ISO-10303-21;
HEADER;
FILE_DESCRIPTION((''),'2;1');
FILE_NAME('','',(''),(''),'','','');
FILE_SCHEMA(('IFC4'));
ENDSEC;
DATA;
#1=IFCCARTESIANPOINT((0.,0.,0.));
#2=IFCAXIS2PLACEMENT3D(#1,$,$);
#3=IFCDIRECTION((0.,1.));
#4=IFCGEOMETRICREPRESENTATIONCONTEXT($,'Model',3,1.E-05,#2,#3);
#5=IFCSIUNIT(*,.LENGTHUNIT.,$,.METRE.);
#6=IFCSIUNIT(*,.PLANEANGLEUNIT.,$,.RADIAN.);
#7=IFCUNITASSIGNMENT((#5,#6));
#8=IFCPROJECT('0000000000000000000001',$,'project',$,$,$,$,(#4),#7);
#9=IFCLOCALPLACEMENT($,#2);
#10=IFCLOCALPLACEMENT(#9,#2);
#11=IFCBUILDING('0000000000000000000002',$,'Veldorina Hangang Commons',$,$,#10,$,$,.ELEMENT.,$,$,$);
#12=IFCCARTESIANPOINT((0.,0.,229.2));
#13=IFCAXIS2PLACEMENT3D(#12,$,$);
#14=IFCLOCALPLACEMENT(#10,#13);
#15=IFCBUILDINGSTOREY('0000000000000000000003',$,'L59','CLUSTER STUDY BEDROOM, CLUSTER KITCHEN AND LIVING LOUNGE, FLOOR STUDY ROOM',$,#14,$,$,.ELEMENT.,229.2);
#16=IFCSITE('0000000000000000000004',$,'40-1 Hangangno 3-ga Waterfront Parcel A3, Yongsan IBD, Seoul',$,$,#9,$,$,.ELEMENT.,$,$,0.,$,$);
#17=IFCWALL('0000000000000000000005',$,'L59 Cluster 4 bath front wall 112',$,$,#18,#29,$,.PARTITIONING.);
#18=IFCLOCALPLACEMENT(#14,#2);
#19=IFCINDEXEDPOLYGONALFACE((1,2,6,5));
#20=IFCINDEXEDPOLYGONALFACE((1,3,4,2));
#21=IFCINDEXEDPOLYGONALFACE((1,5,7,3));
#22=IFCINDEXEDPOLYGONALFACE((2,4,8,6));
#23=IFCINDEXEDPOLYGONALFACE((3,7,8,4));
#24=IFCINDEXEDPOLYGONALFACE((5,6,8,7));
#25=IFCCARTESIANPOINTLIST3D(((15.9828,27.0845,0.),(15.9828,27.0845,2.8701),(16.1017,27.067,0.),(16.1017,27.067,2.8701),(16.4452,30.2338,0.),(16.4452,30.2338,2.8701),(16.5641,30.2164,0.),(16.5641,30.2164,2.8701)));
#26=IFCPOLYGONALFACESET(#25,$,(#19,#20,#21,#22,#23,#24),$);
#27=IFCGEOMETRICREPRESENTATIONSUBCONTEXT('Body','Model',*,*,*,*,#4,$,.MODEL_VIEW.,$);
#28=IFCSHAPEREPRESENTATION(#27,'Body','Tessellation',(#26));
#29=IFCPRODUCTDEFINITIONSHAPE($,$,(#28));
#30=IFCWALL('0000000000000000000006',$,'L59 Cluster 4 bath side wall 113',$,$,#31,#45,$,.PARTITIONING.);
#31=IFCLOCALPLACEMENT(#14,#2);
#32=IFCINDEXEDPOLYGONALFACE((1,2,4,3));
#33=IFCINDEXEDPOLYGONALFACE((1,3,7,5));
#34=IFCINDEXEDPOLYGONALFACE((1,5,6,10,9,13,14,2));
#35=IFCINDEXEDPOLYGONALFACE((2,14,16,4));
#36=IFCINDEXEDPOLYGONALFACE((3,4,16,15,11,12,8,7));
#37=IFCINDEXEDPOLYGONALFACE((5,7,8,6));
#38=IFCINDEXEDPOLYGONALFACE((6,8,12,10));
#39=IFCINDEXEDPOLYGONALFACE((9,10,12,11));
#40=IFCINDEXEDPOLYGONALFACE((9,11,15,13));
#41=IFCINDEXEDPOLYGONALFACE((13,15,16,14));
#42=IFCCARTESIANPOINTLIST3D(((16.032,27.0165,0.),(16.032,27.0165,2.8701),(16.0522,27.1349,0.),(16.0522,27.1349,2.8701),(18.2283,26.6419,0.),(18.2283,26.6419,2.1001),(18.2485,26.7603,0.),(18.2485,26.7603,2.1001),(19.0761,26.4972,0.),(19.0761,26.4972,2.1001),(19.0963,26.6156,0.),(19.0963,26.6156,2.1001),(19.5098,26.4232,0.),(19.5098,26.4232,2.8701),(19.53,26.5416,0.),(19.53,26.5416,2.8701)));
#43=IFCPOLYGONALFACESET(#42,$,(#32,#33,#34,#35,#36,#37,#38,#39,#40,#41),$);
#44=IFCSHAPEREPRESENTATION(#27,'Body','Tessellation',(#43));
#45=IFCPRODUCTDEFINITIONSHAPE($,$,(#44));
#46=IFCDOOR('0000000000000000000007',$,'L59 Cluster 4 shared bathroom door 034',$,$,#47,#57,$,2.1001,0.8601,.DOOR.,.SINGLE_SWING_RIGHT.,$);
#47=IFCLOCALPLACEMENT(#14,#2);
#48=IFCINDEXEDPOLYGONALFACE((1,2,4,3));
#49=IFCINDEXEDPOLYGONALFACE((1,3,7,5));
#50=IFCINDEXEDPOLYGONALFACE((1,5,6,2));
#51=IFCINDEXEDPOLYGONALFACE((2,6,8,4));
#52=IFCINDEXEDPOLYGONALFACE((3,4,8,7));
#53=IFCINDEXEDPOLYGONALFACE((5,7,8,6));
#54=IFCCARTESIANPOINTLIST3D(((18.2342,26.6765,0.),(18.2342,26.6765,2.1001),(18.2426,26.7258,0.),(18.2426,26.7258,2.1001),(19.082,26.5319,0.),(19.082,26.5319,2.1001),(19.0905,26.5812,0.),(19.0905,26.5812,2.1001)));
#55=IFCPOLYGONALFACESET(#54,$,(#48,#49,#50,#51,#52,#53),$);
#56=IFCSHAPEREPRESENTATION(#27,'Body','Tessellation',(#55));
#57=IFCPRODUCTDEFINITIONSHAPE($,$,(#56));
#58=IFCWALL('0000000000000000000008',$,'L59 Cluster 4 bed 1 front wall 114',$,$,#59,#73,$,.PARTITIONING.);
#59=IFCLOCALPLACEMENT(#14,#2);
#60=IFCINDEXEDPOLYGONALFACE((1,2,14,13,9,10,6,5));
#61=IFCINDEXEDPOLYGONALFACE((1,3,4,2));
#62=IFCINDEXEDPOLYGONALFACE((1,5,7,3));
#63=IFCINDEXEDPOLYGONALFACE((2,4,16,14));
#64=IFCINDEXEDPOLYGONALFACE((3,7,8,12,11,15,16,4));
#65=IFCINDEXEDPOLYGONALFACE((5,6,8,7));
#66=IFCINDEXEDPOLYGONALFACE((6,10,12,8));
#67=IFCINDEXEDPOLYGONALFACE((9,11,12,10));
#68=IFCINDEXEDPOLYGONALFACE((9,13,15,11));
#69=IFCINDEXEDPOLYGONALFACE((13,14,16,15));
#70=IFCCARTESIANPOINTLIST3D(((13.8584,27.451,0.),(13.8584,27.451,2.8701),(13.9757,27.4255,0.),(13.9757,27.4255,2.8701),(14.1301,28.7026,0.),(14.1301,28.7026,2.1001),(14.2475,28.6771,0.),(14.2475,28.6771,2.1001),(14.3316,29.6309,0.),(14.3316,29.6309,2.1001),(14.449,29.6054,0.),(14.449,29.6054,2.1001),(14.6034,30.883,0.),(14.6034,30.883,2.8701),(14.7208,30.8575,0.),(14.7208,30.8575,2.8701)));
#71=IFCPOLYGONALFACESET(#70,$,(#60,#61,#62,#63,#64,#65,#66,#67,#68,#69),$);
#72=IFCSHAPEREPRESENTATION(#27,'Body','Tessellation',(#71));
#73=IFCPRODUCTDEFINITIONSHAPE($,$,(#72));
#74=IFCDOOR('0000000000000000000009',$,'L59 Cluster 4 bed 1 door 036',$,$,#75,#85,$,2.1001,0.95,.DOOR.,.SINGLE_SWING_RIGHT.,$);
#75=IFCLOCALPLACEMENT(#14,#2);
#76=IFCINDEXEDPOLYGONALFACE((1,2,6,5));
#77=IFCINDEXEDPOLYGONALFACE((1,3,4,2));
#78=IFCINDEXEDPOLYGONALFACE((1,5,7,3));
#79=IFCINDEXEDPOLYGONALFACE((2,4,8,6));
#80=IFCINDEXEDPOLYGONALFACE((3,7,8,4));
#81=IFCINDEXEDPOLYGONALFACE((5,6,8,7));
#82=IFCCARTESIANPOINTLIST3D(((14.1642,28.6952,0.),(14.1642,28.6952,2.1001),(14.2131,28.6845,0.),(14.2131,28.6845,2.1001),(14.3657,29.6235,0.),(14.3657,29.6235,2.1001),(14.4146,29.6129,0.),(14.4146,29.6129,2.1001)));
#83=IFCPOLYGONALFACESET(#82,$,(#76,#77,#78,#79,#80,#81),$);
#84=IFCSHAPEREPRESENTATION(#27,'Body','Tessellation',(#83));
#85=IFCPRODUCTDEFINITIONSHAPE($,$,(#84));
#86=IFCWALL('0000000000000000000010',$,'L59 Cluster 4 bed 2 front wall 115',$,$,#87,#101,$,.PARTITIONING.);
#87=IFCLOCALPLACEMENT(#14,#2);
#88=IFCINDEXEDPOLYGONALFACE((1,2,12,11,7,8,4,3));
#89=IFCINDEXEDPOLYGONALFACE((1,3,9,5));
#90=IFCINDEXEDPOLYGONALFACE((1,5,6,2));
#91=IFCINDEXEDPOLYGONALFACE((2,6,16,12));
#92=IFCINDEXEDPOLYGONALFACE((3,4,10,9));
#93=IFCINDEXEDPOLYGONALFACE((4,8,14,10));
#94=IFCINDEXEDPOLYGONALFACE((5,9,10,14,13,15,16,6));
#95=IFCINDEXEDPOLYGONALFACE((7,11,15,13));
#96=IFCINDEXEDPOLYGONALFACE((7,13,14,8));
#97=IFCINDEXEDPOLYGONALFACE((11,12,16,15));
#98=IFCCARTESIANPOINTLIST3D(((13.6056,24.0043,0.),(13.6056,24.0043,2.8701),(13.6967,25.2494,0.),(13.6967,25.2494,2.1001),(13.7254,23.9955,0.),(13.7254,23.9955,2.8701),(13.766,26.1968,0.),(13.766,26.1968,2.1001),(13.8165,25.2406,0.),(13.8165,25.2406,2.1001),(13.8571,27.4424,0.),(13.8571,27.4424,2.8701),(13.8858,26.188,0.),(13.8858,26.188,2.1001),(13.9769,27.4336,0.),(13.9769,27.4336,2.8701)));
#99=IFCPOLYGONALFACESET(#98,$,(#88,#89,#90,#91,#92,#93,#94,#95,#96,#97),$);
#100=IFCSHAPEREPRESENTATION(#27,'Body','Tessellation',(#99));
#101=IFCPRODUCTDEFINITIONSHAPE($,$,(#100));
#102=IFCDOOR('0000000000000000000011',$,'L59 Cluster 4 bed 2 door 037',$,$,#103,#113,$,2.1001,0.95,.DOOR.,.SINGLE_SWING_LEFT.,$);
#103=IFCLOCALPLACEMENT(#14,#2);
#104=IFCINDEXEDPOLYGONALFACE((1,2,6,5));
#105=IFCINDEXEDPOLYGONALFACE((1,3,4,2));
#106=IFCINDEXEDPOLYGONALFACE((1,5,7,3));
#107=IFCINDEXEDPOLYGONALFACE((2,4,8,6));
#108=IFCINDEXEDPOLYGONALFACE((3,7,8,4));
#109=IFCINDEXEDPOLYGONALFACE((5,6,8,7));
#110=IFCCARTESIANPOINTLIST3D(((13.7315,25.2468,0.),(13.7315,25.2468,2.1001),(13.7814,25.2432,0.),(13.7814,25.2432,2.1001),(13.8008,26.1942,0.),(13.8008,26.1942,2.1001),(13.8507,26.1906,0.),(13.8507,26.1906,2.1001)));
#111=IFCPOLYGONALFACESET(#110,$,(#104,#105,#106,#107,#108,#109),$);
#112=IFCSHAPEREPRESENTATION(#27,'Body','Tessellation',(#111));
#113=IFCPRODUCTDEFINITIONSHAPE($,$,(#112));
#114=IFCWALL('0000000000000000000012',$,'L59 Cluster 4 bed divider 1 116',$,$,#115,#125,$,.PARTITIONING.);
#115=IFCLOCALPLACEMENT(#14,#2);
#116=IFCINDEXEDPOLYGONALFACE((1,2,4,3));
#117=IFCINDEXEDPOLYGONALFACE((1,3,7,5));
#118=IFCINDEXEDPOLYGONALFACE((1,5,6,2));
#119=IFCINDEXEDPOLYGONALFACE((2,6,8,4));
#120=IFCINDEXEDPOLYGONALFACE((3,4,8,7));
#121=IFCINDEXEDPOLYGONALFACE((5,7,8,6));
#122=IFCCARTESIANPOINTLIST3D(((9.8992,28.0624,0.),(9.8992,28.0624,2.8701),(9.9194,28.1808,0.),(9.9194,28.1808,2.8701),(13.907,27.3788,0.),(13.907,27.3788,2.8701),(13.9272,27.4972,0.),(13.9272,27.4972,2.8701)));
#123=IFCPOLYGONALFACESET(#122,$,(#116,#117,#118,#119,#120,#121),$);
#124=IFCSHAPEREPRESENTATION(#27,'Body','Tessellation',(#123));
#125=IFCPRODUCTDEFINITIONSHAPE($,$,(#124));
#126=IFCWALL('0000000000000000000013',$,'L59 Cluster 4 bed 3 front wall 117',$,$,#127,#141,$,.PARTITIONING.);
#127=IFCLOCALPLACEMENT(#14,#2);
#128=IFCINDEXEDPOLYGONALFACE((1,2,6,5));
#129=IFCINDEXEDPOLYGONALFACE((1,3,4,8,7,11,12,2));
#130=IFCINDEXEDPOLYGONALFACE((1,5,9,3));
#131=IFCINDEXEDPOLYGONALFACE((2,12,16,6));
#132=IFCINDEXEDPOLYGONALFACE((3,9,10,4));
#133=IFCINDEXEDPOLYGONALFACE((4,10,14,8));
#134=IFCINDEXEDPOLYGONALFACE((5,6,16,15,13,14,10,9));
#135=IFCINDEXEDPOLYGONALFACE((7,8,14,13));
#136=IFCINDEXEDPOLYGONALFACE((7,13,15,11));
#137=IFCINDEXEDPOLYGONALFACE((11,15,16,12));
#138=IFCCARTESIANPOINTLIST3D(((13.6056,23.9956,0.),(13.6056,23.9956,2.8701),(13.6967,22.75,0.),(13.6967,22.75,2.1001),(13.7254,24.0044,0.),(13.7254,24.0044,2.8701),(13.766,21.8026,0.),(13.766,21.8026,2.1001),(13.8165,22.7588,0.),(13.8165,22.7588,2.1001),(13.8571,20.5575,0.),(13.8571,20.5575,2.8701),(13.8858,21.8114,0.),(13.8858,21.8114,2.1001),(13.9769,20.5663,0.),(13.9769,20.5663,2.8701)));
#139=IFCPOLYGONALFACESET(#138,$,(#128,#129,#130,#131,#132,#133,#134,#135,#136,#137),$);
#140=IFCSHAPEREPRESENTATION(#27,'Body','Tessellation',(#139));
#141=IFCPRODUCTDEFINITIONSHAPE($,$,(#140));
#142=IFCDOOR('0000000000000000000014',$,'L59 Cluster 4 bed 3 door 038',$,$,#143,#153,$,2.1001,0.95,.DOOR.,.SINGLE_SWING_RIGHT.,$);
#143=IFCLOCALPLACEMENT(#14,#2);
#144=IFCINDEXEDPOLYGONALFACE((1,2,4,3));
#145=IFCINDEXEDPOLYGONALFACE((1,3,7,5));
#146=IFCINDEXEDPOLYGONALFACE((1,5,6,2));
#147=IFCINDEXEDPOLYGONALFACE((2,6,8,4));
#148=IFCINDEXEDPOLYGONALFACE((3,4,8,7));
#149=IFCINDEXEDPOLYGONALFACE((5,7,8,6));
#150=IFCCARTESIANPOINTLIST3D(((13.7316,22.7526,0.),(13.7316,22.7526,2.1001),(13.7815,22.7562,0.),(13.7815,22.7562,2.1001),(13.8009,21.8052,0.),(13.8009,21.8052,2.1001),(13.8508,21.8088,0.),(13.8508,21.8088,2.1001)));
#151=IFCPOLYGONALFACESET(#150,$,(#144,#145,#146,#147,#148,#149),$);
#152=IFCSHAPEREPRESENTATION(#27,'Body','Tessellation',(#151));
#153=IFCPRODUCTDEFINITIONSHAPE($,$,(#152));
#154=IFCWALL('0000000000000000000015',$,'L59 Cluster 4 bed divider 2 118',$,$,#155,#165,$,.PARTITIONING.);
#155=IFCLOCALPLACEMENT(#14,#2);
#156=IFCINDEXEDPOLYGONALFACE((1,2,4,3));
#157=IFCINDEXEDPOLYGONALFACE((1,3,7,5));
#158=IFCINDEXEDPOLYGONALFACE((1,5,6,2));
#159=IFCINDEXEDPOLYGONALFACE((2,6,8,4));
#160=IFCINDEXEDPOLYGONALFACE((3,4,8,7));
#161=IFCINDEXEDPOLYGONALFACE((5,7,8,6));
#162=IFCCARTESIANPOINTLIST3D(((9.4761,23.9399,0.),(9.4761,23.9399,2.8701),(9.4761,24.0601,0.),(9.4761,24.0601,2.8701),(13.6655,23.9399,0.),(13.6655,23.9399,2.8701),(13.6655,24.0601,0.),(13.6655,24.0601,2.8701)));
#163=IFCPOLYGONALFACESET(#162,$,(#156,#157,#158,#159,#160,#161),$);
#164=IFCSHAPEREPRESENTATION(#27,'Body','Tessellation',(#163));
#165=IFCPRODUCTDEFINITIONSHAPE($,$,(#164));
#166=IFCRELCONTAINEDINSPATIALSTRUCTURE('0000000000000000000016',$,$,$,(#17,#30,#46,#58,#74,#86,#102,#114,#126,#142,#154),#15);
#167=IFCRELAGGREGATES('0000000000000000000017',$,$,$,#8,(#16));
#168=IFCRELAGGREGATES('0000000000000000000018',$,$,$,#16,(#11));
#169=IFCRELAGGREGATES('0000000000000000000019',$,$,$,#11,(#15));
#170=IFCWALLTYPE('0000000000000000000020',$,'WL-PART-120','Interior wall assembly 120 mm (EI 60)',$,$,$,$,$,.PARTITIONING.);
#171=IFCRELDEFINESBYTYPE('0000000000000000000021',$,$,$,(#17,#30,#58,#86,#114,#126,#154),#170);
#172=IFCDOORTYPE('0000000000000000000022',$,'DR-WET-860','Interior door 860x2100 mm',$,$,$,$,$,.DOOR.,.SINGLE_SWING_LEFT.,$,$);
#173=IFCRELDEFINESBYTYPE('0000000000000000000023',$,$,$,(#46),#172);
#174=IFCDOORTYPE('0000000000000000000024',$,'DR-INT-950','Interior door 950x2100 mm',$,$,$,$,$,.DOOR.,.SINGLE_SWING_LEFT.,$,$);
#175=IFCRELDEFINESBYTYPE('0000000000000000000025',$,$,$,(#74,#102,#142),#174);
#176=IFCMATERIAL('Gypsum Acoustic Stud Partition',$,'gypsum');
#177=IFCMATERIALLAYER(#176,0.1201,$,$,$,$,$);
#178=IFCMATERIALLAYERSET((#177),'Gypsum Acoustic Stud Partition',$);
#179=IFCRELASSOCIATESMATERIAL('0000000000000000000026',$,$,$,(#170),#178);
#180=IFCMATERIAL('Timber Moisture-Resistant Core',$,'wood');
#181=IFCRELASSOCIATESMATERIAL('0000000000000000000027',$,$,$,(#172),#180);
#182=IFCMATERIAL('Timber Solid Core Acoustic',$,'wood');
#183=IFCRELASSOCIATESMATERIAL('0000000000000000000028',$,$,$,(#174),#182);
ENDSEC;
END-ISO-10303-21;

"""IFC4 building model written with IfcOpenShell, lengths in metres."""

from ifc_helpers import new_model, si_unit, direction, frame, frame_2d, origin, place, context, subcontext, project, spatial, rectangle, extrude, material, layer, layer_set, type_object, element, fill, save


model = new_model("IFC4")

# Units and contexts
model_context = context("Model", 3, precision=1e-05, world=origin(), true_north=direction((0.0, 1.0)))
body_context = subcontext(model_context, "Body", "Model", "MODEL_VIEW")
ifc_project = project(units=[si_unit("LENGTHUNIT", "METRE"), si_unit("PLANEANGLEUNIT", "RADIAN")], contexts=[model_context])

# Site, building, storey
site_placement = place(None, origin())
site = spatial("IfcSite", under=ifc_project, at=site_placement, Name="40-1 Hangangno 3-ga Waterfront Parcel A3, Yongsan IBD, Seoul", CompositionType="ELEMENT", RefElevation=0.0)
building_placement = place(site_placement, origin())
building = spatial("IfcBuilding", under=site, at=building_placement, Name="Veldorina Hangang Commons", CompositionType="ELEMENT")
storey_placement = place(building_placement, frame((0.0, 0.0, 229.2)))
storey = spatial("IfcBuildingStorey", under=building, at=storey_placement, Name="L59", Description="CLUSTER STUDY BEDROOM, CLUSTER KITCHEN AND LIVING LOUNGE, FLOOR STUDY ROOM", CompositionType="ELEMENT", Elevation=229.2)

# Wall
ifc_material_1 = material(Name="Gypsum Acoustic Stud Partition", Category="gypsum")
ifc_layer_1 = layer(ifc_material_1, 0.1201)
ifc_layer_set_1 = layer_set([ifc_layer_1], Name="Gypsum Acoustic Stud Partition")
wall_type_1 = type_object("IfcWallType", Name="WL-PART-120", Description="Interior wall assembly 120 mm (EI 60)", PredefinedType="PARTITIONING", material=ifc_layer_set_1)
wall_1_placement = place(storey_placement, frame((16.5046, 30.2251, 0.0), z_axis=(0.0, 0.0, 1.0), x_axis=(-0.145264, -0.989393, 0.0)))
element("IfcWall", 1, at=wall_1_placement, inside=storey, type_object=wall_type_1, Name="L59 Cluster 4 bath front wall 112", PredefinedType="PARTITIONING", context=body_context, shape_type="SweptSolid", body=[
    extrude(rectangle(XDim=3.1831, YDim=0.1201, at=frame_2d((1.5916, 0.0))), origin(), (0.0, 0.0, 1.0), 2.8701),
])

# Walls, openings, doors
wall_2_placement = place(storey_placement, frame((19.52, 26.4824, 0.0), z_axis=(0.0, 0.0, 1.0), x_axis=(-0.98576, 0.168157, 0.0)))
wall_2 = element("IfcWall", 2, at=wall_2_placement, inside=storey, type_object=wall_type_1, Name="L59 Cluster 4 bath side wall 113", PredefinedType="PARTITIONING", context=body_context, shape_type="SweptSolid", body=[
    extrude(rectangle(XDim=3.5281, YDim=0.1201, at=frame_2d((1.7642, 0.0))), origin(), (0.0, 0.0, 1.0), 2.8701),
])
opening_1_placement = place(wall_2_placement, frame((0.4399, 0.0, 0.0)))
opening_1 = element("IfcOpeningElement", 3, at=opening_1_placement, cuts=wall_2, PredefinedType="OPENING", context=body_context, shape_type="SweptSolid", body=[
    extrude(rectangle(XDim=0.8601, YDim=2.1001, at=frame_2d((0.4302, 1.05))), frame((0.0, 0.0701, 0.0), z_axis=(0.0, -1.0, 0.0), x_axis=(1.0, 0.0, 0.0)), (0.0, 0.0, 1.0), 0.1401),
])
ifc_material_2 = material(Name="Timber Moisture-Resistant Core", Category="wood")
door_type_1 = type_object("IfcDoorType", Name="DR-WET-860", Description="Interior door 860x2100 mm", OperationType="SINGLE_SWING_LEFT", PredefinedType="DOOR", material=ifc_material_2)
door_1_placement = place(opening_1_placement, origin())
door_1 = element("IfcDoor", 4, at=door_1_placement, inside=storey, type_object=door_type_1, Name="L59 Cluster 4 shared bathroom door 034", OperationType="SINGLE_SWING_RIGHT", OverallHeight=2.1001, OverallWidth=0.8601, PredefinedType="DOOR", context=body_context, shape_type="SweptSolid", body=[
    extrude(rectangle(XDim=0.8601, YDim=2.1001, at=frame_2d((0.4302, 1.05))), frame((0.0, 0.0249, 0.0), z_axis=(0.0, -1.0, 0.0), x_axis=(1.0, 0.0, 0.0)), (0.0, 0.0, 1.0), 0.05),
])
fill(opening_1, door_1)
wall_3_placement = place(storey_placement, frame((14.6621, 30.8701, 0.0), z_axis=(0.0, 0.0, 1.0), x_axis=(-0.212158, -0.977235, 0.0)))
wall_3 = element("IfcWall", 5, at=wall_3_placement, inside=storey, type_object=wall_type_1, Name="L59 Cluster 4 bed 1 front wall 114", PredefinedType="PARTITIONING", context=body_context, shape_type="SweptSolid", body=[
    extrude(rectangle(XDim=3.512, YDim=0.1201, at=frame_2d((1.7559, 0.0))), origin(), (0.0, 0.0, 1.0), 2.8701),
])
opening_2_placement = place(wall_3_placement, frame((1.281, 0.0, 0.0)))
opening_2 = element("IfcOpeningElement", 6, at=opening_2_placement, cuts=wall_3, PredefinedType="OPENING", context=body_context, shape_type="SweptSolid", body=[
    extrude(rectangle(XDim=0.95, YDim=2.1001, at=frame_2d((0.4751, 1.05))), frame((0.0, 0.0701, 0.0), z_axis=(0.0, -1.0, 0.0), x_axis=(1.0, 0.0, 0.0)), (0.0, 0.0, 1.0), 0.1401),
])
ifc_material_3 = material(Name="Timber Solid Core Acoustic", Category="wood")
door_type_2 = type_object("IfcDoorType", Name="DR-INT-950", Description="Interior door 950x2100 mm", OperationType="SINGLE_SWING_LEFT", PredefinedType="DOOR", material=ifc_material_3)
door_2_placement = place(opening_2_placement, origin())
door_2 = element("IfcDoor", 7, at=door_2_placement, inside=storey, type_object=door_type_2, Name="L59 Cluster 4 bed 1 door 036", OperationType="SINGLE_SWING_RIGHT", OverallHeight=2.1001, OverallWidth=0.95, PredefinedType="DOOR", context=body_context, shape_type="SweptSolid", body=[
    extrude(rectangle(XDim=0.95, YDim=2.1001, at=frame_2d((0.4751, 1.05))), frame((0.0, 0.0249, 0.0), z_axis=(0.0, -1.0, 0.0), x_axis=(1.0, 0.0, 0.0)), (0.0, 0.0, 1.0), 0.05),
])
fill(opening_2, door_2)
wall_4_placement = place(storey_placement, frame((13.917, 27.438, 0.0), z_axis=(0.0, 0.0, 1.0), x_axis=(-0.072948, -0.997336, 0.0)))
wall_4 = element("IfcWall", 8, at=wall_4_placement, inside=storey, type_object=wall_type_1, Name="L59 Cluster 4 bed 2 front wall 115", PredefinedType="PARTITIONING", context=body_context, shape_type="SweptSolid", body=[
    extrude(rectangle(XDim=3.4473, YDim=0.1201, at=frame_2d((1.7236, 0.0))), origin(), (0.0, 0.0, 1.0), 2.8701),
])
opening_3_placement = place(wall_4_placement, frame((1.2488, 0.0, 0.0)))
opening_3 = element("IfcOpeningElement", 9, at=opening_3_placement, cuts=wall_4, PredefinedType="OPENING", context=body_context, shape_type="SweptSolid", body=[
    extrude(rectangle(XDim=0.95, YDim=2.1001, at=frame_2d((0.4751, 1.05))), frame((0.0, 0.0701, 0.0), z_axis=(0.0, -1.0, 0.0), x_axis=(1.0, 0.0, 0.0)), (0.0, 0.0, 1.0), 0.1401),
])
door_3_placement = place(opening_3_placement, origin())
door_3 = element("IfcDoor", 10, at=door_3_placement, inside=storey, type_object=door_type_2, Name="L59 Cluster 4 bed 2 door 037", OperationType="SINGLE_SWING_LEFT", OverallHeight=2.1001, OverallWidth=0.95, PredefinedType="DOOR", context=body_context, shape_type="SweptSolid", body=[
    extrude(rectangle(XDim=0.95, YDim=2.1001, at=frame_2d((0.4751, 1.05))), frame((0.0, 0.0249, 0.0), z_axis=(0.0, -1.0, 0.0), x_axis=(1.0, 0.0, 0.0)), (0.0, 0.0, 1.0), 0.05),
])
fill(opening_3, door_3)

# Wall
wall_5_placement = place(storey_placement, frame((13.917, 27.438, 0.0), z_axis=(0.0, 0.0, 1.0), x_axis=(-0.985764, 0.168137, 0.0)))
element("IfcWall", 11, at=wall_5_placement, inside=storey, type_object=wall_type_1, Name="L59 Cluster 4 bed divider 1 116", PredefinedType="PARTITIONING", context=body_context, shape_type="SweptSolid", body=[
    extrude(rectangle(XDim=4.0657, YDim=0.1201, at=frame_2d((2.0327, 0.0))), origin(), (0.0, 0.0, 1.0), 2.8701),
])

# Wall, opening, door
wall_6_placement = place(storey_placement, frame((13.6655, 24.0, 0.0), z_axis=(0.0, 0.0, 1.0), x_axis=(0.072948, -0.997336, 0.0)))
wall_6 = element("IfcWall", 12, at=wall_6_placement, inside=storey, type_object=wall_type_1, Name="L59 Cluster 4 bed 3 front wall 117", PredefinedType="PARTITIONING", context=body_context, shape_type="SweptSolid", body=[
    extrude(rectangle(XDim=3.4473, YDim=0.1201, at=frame_2d((1.7236, 0.0))), origin(), (0.0, 0.0, 1.0), 2.8701),
])
opening_4_placement = place(wall_6_placement, frame((1.2488, 0.0, 0.0)))
opening_4 = element("IfcOpeningElement", 13, at=opening_4_placement, cuts=wall_6, PredefinedType="OPENING", context=body_context, shape_type="SweptSolid", body=[
    extrude(rectangle(XDim=0.95, YDim=2.1001, at=frame_2d((0.4751, 1.05))), frame((0.0, 0.0701, 0.0), z_axis=(0.0, -1.0, 0.0), x_axis=(1.0, 0.0, 0.0)), (0.0, 0.0, 1.0), 0.1401),
])
door_4_placement = place(opening_4_placement, origin())
door_4 = element("IfcDoor", 14, at=door_4_placement, inside=storey, type_object=door_type_2, Name="L59 Cluster 4 bed 3 door 038", OperationType="SINGLE_SWING_RIGHT", OverallHeight=2.1001, OverallWidth=0.95, PredefinedType="DOOR", context=body_context, shape_type="SweptSolid", body=[
    extrude(rectangle(XDim=0.95, YDim=2.1001, at=frame_2d((0.4751, 1.05))), frame((0.0, 0.0249, 0.0), z_axis=(0.0, -1.0, 0.0), x_axis=(1.0, 0.0, 0.0)), (0.0, 0.0, 1.0), 0.05),
])
fill(opening_4, door_4)

# Wall
wall_7_placement = place(storey_placement, frame((13.6655, 24.0, 0.0), z_axis=(0.0, 0.0, 1.0), x_axis=(-1.0, 0.0, 0.0)))
element("IfcWall", 15, at=wall_7_placement, inside=storey, type_object=wall_type_1, Name="L59 Cluster 4 bed divider 2 118", PredefinedType="PARTITIONING", context=body_context, shape_type="SweptSolid", body=[
    extrude(rectangle(XDim=4.1895, YDim=0.1201, at=frame_2d((2.0947, 0.0))), origin(), (0.0, 0.0, 1.0), 2.8701),
])

save(model, "model.ifc")
